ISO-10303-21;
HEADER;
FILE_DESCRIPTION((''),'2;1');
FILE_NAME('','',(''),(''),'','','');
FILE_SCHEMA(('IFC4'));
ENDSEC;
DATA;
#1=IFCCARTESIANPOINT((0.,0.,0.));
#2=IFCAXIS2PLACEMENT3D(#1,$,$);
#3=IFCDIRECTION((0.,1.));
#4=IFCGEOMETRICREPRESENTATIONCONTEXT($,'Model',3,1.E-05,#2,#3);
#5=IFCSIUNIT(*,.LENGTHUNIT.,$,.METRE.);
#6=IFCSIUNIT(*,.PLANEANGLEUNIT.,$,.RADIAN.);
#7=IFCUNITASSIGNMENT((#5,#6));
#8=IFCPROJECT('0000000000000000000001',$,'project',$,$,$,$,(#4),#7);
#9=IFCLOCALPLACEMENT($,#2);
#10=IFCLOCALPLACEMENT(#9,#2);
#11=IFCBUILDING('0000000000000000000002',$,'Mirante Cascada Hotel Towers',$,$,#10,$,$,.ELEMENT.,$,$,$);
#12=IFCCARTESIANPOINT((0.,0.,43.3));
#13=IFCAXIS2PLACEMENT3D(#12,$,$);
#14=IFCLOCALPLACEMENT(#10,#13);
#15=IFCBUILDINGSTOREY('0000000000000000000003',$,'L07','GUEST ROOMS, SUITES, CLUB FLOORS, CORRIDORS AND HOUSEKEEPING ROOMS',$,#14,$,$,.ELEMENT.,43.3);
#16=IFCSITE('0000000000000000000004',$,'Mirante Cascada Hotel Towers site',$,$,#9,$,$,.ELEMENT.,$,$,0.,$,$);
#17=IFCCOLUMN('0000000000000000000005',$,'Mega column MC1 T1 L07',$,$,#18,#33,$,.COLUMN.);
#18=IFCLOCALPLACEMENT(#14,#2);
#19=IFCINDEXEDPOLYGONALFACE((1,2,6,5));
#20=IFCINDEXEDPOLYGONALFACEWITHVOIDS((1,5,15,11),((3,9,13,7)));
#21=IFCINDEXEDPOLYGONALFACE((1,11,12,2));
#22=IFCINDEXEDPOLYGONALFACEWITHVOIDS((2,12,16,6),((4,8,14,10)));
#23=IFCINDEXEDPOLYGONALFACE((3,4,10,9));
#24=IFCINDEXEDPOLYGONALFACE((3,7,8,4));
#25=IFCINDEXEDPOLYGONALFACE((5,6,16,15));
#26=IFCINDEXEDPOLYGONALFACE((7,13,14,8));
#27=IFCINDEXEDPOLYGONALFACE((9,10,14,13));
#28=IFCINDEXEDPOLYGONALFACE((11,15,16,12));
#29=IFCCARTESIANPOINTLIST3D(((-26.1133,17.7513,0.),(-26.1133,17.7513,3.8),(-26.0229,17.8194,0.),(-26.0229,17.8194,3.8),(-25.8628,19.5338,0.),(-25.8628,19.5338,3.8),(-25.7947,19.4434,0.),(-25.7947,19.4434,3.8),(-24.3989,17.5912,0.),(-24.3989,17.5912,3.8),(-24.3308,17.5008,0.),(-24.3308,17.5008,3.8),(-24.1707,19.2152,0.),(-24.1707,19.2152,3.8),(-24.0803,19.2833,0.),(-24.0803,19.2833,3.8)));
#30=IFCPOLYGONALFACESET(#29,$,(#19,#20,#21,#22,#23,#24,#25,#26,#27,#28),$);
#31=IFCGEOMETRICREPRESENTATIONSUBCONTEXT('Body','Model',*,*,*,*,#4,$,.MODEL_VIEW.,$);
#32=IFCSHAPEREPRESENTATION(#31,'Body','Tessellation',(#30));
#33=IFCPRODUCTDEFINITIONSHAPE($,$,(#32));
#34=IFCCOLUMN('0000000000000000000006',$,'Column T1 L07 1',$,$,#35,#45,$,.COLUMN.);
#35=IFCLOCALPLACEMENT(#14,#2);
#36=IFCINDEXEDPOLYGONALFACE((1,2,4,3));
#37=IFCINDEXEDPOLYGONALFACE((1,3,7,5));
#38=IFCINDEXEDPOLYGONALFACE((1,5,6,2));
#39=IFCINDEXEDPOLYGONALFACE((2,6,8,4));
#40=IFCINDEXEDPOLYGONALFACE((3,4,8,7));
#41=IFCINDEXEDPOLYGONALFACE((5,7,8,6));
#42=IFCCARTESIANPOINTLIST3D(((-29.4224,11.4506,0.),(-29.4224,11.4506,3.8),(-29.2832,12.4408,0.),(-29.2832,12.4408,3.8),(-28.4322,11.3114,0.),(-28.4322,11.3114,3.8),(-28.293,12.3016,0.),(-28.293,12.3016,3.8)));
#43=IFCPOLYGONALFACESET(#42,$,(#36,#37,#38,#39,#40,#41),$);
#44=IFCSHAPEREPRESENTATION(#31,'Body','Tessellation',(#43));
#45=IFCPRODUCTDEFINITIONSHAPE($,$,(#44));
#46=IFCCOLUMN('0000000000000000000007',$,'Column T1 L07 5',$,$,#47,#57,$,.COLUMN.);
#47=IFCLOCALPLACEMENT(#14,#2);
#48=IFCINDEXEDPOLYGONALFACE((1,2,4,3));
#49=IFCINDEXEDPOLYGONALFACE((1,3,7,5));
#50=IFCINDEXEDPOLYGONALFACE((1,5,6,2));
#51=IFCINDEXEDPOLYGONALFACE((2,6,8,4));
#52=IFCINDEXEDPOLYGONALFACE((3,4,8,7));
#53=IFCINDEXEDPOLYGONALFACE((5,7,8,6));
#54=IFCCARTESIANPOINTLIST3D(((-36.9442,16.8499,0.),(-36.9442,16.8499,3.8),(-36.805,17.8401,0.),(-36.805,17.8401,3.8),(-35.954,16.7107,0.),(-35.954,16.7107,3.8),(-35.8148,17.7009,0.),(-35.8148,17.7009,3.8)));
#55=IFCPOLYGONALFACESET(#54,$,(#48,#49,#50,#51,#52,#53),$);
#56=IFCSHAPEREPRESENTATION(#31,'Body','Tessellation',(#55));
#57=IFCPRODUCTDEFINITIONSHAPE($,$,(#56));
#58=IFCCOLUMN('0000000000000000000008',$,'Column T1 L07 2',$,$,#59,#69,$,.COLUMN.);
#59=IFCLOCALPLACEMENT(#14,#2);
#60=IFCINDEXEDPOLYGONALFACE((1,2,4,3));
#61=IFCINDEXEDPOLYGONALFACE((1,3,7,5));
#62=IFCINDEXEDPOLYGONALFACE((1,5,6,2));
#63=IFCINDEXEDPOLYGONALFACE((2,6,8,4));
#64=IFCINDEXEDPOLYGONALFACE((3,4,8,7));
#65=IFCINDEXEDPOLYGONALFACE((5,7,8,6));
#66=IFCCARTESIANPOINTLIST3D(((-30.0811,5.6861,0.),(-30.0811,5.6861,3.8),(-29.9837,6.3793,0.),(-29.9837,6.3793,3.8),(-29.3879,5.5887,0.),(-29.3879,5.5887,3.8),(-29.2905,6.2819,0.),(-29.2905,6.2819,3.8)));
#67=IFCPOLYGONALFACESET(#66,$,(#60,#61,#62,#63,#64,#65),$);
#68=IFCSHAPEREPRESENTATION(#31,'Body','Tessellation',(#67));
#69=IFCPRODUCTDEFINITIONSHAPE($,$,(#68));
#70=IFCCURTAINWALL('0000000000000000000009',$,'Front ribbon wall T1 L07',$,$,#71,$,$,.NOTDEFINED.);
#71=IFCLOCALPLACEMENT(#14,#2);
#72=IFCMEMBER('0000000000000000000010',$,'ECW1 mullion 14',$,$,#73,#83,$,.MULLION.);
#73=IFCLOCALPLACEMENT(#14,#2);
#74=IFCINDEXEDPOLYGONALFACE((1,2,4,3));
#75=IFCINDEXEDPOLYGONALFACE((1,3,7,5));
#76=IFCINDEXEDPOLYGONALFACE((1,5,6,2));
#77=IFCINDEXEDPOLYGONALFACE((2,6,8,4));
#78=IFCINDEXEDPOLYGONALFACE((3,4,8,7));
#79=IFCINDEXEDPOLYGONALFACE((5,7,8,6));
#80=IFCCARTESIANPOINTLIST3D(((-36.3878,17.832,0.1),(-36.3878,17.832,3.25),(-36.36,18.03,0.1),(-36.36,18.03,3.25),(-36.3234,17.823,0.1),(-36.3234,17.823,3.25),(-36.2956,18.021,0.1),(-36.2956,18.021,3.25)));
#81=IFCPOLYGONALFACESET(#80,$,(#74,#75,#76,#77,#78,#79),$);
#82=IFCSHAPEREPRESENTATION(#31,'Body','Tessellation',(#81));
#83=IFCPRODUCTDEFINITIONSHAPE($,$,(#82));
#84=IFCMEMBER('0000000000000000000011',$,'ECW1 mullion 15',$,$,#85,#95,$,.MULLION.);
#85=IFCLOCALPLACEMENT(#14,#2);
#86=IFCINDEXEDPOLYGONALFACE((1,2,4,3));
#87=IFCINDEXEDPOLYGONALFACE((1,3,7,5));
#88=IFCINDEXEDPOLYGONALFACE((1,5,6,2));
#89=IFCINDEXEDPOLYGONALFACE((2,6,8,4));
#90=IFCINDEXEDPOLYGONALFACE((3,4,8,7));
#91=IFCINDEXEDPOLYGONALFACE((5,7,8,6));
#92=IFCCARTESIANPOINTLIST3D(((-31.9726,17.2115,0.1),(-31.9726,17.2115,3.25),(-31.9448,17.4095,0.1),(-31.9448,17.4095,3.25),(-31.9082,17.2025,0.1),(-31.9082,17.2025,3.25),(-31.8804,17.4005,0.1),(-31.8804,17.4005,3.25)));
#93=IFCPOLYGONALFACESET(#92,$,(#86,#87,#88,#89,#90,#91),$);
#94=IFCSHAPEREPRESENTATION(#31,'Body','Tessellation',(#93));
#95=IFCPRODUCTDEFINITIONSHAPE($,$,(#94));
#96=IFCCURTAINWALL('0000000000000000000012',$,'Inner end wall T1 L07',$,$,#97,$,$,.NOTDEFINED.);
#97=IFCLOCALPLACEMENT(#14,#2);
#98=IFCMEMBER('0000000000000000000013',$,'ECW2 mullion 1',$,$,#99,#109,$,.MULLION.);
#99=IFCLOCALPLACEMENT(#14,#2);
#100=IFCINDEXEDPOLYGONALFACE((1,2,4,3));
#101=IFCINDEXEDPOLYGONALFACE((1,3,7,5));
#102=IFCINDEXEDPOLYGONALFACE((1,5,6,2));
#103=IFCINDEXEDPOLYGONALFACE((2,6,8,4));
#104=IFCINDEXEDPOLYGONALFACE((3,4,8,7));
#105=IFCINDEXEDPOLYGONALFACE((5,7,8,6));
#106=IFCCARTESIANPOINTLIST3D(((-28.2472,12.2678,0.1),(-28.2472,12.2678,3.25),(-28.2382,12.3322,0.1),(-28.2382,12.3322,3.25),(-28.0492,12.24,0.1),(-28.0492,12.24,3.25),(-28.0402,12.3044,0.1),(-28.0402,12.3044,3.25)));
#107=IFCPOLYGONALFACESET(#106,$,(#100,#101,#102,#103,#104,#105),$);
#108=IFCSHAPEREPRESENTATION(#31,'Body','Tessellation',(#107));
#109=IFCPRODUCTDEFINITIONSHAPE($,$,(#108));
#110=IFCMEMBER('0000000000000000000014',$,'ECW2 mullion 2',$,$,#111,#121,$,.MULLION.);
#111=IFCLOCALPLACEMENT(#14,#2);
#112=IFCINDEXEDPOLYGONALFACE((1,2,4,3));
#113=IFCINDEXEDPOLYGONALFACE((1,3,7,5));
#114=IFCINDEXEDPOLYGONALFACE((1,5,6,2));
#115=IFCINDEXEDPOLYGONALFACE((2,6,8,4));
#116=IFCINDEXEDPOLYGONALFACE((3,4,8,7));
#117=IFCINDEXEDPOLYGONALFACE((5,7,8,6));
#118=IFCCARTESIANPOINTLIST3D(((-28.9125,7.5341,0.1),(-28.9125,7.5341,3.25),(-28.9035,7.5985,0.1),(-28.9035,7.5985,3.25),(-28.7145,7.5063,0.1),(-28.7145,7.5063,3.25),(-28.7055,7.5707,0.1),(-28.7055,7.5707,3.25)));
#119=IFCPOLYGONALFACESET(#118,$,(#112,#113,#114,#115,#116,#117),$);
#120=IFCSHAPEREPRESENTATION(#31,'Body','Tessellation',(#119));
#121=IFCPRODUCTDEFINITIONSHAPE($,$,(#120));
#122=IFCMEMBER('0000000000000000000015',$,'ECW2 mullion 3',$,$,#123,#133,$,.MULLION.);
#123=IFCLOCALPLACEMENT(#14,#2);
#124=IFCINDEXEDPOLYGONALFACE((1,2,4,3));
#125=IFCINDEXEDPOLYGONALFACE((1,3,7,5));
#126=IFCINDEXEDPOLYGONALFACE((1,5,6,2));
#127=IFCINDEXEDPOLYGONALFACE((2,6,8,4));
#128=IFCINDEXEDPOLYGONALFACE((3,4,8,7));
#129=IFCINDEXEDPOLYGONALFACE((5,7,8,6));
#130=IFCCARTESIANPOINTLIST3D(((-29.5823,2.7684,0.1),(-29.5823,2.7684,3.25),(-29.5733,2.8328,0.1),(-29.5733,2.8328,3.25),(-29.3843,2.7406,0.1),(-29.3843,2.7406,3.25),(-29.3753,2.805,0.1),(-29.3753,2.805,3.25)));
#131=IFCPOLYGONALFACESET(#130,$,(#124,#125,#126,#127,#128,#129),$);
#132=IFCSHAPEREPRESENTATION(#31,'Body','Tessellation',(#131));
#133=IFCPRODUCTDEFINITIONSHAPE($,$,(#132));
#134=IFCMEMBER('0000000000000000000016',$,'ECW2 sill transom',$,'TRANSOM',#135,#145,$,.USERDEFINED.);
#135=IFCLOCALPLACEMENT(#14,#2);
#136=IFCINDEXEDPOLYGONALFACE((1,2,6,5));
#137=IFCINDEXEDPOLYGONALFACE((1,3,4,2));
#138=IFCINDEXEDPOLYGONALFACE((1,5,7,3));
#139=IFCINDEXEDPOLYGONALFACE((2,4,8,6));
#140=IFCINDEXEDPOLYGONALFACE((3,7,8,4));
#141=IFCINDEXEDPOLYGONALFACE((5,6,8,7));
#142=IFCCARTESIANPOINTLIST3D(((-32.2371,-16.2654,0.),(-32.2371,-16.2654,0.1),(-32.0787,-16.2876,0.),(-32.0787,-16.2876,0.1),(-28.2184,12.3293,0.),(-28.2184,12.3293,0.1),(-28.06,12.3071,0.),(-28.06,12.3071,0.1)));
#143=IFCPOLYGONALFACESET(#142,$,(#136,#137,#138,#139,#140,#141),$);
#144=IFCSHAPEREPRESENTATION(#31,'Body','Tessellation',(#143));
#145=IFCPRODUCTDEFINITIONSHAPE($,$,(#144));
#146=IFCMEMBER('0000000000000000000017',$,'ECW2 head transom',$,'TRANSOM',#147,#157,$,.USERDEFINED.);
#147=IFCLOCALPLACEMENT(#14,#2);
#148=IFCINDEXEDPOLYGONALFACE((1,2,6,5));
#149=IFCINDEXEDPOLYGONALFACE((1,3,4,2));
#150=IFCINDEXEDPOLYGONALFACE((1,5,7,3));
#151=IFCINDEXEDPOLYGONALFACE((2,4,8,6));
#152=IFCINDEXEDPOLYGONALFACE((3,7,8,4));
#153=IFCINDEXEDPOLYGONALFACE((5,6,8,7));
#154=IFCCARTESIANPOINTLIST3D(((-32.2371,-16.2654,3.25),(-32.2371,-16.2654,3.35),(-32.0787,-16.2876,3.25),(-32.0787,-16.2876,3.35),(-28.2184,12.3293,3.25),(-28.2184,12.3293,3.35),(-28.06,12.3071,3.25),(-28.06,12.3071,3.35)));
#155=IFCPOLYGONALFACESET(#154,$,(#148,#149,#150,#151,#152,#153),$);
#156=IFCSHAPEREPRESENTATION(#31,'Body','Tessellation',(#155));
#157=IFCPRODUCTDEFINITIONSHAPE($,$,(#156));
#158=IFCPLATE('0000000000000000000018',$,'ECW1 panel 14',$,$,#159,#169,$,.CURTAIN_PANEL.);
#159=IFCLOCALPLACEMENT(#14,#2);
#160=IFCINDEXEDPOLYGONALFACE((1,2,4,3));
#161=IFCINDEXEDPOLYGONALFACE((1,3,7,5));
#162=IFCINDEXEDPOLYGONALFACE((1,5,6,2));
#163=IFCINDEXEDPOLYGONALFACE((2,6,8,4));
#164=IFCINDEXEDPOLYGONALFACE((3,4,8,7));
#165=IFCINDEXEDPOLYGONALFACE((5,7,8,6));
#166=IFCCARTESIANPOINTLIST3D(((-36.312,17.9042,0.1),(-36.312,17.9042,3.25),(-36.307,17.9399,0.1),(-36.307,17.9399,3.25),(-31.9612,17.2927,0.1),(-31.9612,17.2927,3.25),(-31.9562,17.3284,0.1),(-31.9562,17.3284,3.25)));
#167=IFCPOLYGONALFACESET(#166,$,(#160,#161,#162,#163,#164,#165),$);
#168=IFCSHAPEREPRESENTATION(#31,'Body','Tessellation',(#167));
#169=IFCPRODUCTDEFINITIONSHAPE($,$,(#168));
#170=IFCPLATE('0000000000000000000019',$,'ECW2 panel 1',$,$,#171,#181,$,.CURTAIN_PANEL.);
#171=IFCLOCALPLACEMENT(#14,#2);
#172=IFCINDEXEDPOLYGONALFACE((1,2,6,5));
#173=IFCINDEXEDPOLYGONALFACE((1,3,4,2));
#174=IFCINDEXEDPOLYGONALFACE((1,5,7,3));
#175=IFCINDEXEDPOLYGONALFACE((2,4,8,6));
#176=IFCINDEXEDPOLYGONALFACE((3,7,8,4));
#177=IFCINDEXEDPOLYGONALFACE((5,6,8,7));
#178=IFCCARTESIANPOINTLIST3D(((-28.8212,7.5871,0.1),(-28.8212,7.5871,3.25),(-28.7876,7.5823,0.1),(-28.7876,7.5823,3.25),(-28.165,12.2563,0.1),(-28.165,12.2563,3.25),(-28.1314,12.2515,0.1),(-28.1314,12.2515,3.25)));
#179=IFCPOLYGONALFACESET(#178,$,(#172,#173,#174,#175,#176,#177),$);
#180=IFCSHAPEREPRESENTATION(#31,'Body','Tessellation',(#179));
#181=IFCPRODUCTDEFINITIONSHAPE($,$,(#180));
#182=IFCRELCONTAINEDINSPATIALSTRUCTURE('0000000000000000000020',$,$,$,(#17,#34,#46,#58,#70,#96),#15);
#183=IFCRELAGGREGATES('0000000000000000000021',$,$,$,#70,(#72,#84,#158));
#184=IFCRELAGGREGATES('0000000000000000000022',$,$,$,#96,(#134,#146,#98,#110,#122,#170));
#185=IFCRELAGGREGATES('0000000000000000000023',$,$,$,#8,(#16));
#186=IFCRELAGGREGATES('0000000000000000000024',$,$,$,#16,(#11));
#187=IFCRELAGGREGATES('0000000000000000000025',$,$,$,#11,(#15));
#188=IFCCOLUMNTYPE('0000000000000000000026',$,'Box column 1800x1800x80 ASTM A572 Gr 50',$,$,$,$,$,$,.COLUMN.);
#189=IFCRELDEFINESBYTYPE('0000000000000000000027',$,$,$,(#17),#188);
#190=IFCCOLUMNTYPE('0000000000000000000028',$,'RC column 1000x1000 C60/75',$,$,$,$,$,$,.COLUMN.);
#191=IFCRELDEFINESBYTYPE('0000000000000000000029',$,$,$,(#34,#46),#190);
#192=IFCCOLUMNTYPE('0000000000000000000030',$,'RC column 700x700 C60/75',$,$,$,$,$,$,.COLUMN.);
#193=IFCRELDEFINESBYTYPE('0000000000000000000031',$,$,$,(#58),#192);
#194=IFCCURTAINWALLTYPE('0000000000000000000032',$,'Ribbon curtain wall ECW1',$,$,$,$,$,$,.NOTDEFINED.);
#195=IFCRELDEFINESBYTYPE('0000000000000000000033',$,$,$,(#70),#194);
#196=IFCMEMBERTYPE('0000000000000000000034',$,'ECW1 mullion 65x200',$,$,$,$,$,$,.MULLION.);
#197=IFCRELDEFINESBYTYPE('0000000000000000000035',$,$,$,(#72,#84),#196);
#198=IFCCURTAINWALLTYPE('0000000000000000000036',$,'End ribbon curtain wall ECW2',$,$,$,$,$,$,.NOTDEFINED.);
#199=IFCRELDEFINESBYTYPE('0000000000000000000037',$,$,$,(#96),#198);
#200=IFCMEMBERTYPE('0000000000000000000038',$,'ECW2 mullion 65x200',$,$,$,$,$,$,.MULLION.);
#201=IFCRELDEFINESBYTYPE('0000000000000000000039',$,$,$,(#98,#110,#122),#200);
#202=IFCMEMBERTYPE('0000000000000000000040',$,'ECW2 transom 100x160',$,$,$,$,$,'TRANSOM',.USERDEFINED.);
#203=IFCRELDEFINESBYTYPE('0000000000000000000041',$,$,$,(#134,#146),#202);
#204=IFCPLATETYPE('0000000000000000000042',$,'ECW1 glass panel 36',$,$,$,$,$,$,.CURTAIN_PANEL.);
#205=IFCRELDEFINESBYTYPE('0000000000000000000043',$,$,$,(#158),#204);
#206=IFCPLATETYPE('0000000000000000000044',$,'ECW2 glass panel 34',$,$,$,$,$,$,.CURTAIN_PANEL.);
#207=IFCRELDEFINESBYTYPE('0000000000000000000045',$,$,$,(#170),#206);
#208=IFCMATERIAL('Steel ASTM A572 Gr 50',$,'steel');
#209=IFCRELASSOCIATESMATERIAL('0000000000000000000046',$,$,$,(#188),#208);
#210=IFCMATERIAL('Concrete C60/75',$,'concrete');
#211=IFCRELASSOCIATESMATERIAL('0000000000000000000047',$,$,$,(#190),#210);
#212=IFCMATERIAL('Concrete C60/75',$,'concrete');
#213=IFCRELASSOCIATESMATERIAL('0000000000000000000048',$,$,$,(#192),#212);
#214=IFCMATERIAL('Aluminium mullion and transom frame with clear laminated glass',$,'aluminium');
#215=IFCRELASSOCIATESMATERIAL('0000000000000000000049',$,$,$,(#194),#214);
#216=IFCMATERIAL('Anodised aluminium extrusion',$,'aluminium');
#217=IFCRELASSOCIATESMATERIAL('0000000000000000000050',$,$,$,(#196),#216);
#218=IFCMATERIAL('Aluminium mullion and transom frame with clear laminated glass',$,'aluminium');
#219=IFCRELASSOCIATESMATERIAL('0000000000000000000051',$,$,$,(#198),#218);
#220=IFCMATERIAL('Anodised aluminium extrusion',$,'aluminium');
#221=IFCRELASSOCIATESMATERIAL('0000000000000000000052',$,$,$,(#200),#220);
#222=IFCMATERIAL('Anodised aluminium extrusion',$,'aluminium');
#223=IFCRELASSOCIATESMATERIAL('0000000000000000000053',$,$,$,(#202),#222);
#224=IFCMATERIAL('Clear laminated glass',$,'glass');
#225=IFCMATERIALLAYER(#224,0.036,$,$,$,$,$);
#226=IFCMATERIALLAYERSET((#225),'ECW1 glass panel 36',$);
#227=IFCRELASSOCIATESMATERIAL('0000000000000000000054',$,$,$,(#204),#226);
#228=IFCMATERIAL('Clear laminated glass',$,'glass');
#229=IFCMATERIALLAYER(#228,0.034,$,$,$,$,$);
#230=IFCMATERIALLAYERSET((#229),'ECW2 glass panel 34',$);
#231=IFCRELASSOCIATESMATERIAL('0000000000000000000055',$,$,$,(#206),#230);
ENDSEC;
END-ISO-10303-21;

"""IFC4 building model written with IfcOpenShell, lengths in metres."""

from ifc_helpers import new_model, si_unit, direction, frame, origin, origin_2d, place, context, subcontext, project, spatial, rectangle, hollow_rectangle, extrude, material, layer, layer_set, material_profile, profile_set, type_object, element, aggregate, save


model = new_model("IFC4")

# Units and contexts
model_context = context("Model", 3, precision=1e-05, world=origin(), true_north=direction((0.0, 1.0)))
body_context = subcontext(model_context, "Body", "Model", "MODEL_VIEW")
ifc_project = project(units=[si_unit("LENGTHUNIT", "METRE"), si_unit("PLANEANGLEUNIT", "RADIAN")], contexts=[model_context])

# Site, building, storey
site_placement = place(None, origin())
site = spatial("IfcSite", under=ifc_project, at=site_placement, Name="Mirante Cascada Hotel Towers site", CompositionType="ELEMENT", RefElevation=0.0)
building_placement = place(site_placement, origin())
building = spatial("IfcBuilding", under=site, at=building_placement, Name="Mirante Cascada Hotel Towers", CompositionType="ELEMENT")
storey_placement = place(building_placement, frame((0.0, 0.0, 43.3)))
storey = spatial("IfcBuildingStorey", under=building, at=storey_placement, Name="L07", Description="GUEST ROOMS, SUITES, CLUB FLOORS, CORRIDORS AND HOUSEKEEPING ROOMS", CompositionType="ELEMENT", Elevation=43.3)

# Columns
ifc_material_1 = material(Name="Steel ASTM A572 Gr 50", Category="steel")
ifc_material_profile_1 = material_profile(ifc_material_1, hollow_rectangle(XDim=1.8, YDim=1.8, WallThickness=0.08, at=origin_2d()), Name="Box column 1800x1800x80 ASTM A572 Gr 50")
ifc_profile_set_1 = profile_set([ifc_material_profile_1], Name="Steel ASTM A572 Gr 50")
column_type_1 = type_object("IfcColumnType", Name="Box column 1800x1800x80 ASTM A572 Gr 50", PredefinedType="COLUMN", material=ifc_profile_set_1)
column_1_placement = place(storey_placement, frame((-25.0968, 18.5173, 0.0), z_axis=(0.0, 0.0, 1.0), x_axis=(-0.990268, 0.139173, 0.0)))
element("IfcColumn", 1, at=column_1_placement, inside=storey, type_object=column_type_1, Name="Mega column MC1 T1 L07", PredefinedType="COLUMN", context=body_context, shape_type="SweptSolid", body=[
    extrude(hollow_rectangle(XDim=1.8, YDim=1.8, WallThickness=0.08, at=origin_2d()), origin(), (0.0, 0.0, 1.0), 3.8),
])
ifc_material_2 = material(Name="Concrete C60/75", Category="concrete")
ifc_material_profile_2 = material_profile(ifc_material_2, rectangle(XDim=1.0, YDim=1.0, at=origin_2d()), Name="RC column 1000x1000 C60/75")
ifc_profile_set_2 = profile_set([ifc_material_profile_2], Name="Concrete C60/75")
column_type_2 = type_object("IfcColumnType", Name="RC column 1000x1000 C60/75", PredefinedType="COLUMN", material=ifc_profile_set_2)
for number, where, z_axis, x_axis, name in (
    (2, (-28.8577, 11.8761, 0.0), (0.0, 0.0, 1.0), (-0.990268, 0.139173, 0.0), "Column T1 L07 1"),
    (3, (-36.3795, 17.2754, 0.0), (0.0, 0.0, 1.0), (-0.990268, 0.139173, 0.0), "Column T1 L07 5"),
):
    element("IfcColumn", number, at=place(storey_placement, frame(where, z_axis=z_axis, x_axis=x_axis)), inside=storey, type_object=column_type_2, Name=name, PredefinedType="COLUMN", context=body_context, shape_type="SweptSolid", body=[
        extrude(rectangle(XDim=1.0, YDim=1.0, at=origin_2d()), origin(), (0.0, 0.0, 1.0), 3.8),
    ])
ifc_material_3 = material(Name="Concrete C60/75", Category="concrete")
ifc_material_profile_3 = material_profile(ifc_material_3, rectangle(XDim=0.7, YDim=0.7, at=origin_2d()), Name="RC column 700x700 C60/75")
ifc_profile_set_3 = profile_set([ifc_material_profile_3], Name="Concrete C60/75")
column_type_3 = type_object("IfcColumnType", Name="RC column 700x700 C60/75", PredefinedType="COLUMN", material=ifc_profile_set_3)
column_2_placement = place(storey_placement, frame((-29.6858, 5.984, 0.0), z_axis=(0.0, 0.0, 1.0), x_axis=(-0.990268, 0.139173, 0.0)))
element("IfcColumn", 4, at=column_2_placement, inside=storey, type_object=column_type_3, Name="Column T1 L07 2", PredefinedType="COLUMN", context=body_context, shape_type="SweptSolid", body=[
    extrude(rectangle(XDim=0.7, YDim=0.7, at=origin_2d()), origin(), (0.0, 0.0, 1.0), 3.8),
])

# Curtain walls, members
ifc_material_4 = material(Name="Aluminium mullion and transom frame with clear laminated glass", Category="aluminium")
curtain_wall_type_1 = type_object("IfcCurtainWallType", Name="Ribbon curtain wall ECW1", PredefinedType="NOTDEFINED", material=ifc_material_4)
curtain_wall_1_placement = place(storey_placement, origin())
curtain_wall_1 = element("IfcCurtainWall", 5, at=curtain_wall_1_placement, inside=storey, type_object=curtain_wall_type_1, Name="Front ribbon wall T1 L07", PredefinedType="NOTDEFINED")
ifc_material_5 = material(Name="Anodised aluminium extrusion", Category="aluminium")
ifc_material_profile_4 = material_profile(ifc_material_5, rectangle(XDim=0.2, YDim=0.065, at=origin_2d()), Name="ECW1 MULLION 65x200")
ifc_profile_set_4 = profile_set([ifc_material_profile_4], Name="Anodised aluminium extrusion")
member_type_1 = type_object("IfcMemberType", Name="ECW1 mullion 65x200", PredefinedType="MULLION", material=ifc_profile_set_4)
member_1_placement = place(storey_placement, frame((-36.3417, 17.9265, 0.1), z_axis=(0.0, 0.0, 1.0), x_axis=(0.139173, 0.990268, 0.0)))
member_1 = element("IfcMember", 6, at=member_1_placement, type_object=member_type_1, Name="ECW1 mullion 14", PredefinedType="MULLION", context=body_context, shape_type="SweptSolid", body=[
    extrude(rectangle(XDim=0.2, YDim=0.065, at=origin_2d()), origin(), (0.0, 0.0, 1.0), 3.15),
])
member_2_placement = place(storey_placement, frame((-31.9265, 17.306, 0.1), z_axis=(0.0, 0.0, 1.0), x_axis=(0.139173, 0.990268, 0.0)))
member_2 = element("IfcMember", 7, at=member_2_placement, type_object=member_type_1, Name="ECW1 mullion 15", PredefinedType="MULLION", context=body_context, shape_type="SweptSolid", body=[
    extrude(rectangle(XDim=0.2, YDim=0.065, at=origin_2d()), origin(), (0.0, 0.0, 1.0), 3.15),
])
ifc_material_6 = material(Name="Aluminium mullion and transom frame with clear laminated glass", Category="aluminium")
curtain_wall_type_2 = type_object("IfcCurtainWallType", Name="End ribbon curtain wall ECW2", PredefinedType="NOTDEFINED", material=ifc_material_6)
curtain_wall_2_placement = place(storey_placement, origin())
curtain_wall_2 = element("IfcCurtainWall", 8, at=curtain_wall_2_placement, inside=storey, type_object=curtain_wall_type_2, Name="Inner end wall T1 L07", PredefinedType="NOTDEFINED")
ifc_material_7 = material(Name="Anodised aluminium extrusion", Category="aluminium")
ifc_material_profile_5 = material_profile(ifc_material_7, rectangle(XDim=0.2, YDim=0.065, at=origin_2d()), Name="ECW2 MULLION 65x200")
ifc_profile_set_5 = profile_set([ifc_material_profile_5], Name="Anodised aluminium extrusion")
member_type_2 = type_object("IfcMemberType", Name="ECW2 mullion 65x200", PredefinedType="MULLION", material=ifc_profile_set_5)
member_3_placement = place(storey_placement, frame((-28.1437, 12.2861, 0.1), z_axis=(0.0, 0.0, 1.0), x_axis=(0.990268, -0.139173, 0.0)))
member_3 = element("IfcMember", 9, at=member_3_placement, type_object=member_type_2, Name="ECW2 mullion 1", PredefinedType="MULLION", context=body_context, shape_type="SweptSolid", body=[
    extrude(rectangle(XDim=0.2, YDim=0.065, at=origin_2d()), origin(), (0.0, 0.0, 1.0), 3.15),
])
member_4_placement = place(storey_placement, frame((-28.809, 7.5524, 0.1), z_axis=(0.0, 0.0, 1.0), x_axis=(0.990268, -0.139173, 0.0)))
member_4 = element("IfcMember", 10, at=member_4_placement, type_object=member_type_2, Name="ECW2 mullion 2", PredefinedType="MULLION", context=body_context, shape_type="SweptSolid", body=[
    extrude(rectangle(XDim=0.2, YDim=0.065, at=origin_2d()), origin(), (0.0, 0.0, 1.0), 3.15),
])
member_5_placement = place(storey_placement, frame((-29.4788, 2.7867, 0.1), z_axis=(0.0, 0.0, 1.0), x_axis=(0.990268, -0.139173, 0.0)))
member_5 = element("IfcMember", 11, at=member_5_placement, type_object=member_type_2, Name="ECW2 mullion 3", PredefinedType="MULLION", context=body_context, shape_type="SweptSolid", body=[
    extrude(rectangle(XDim=0.2, YDim=0.065, at=origin_2d()), origin(), (0.0, 0.0, 1.0), 3.15),
])
ifc_material_8 = material(Name="Anodised aluminium extrusion", Category="aluminium")
ifc_material_profile_6 = material_profile(ifc_material_8, rectangle(XDim=0.16, YDim=0.1, at=origin_2d()), Name="ECW2 TRANSOM 100x160")
ifc_profile_set_6 = profile_set([ifc_material_profile_6], Name="Anodised aluminium extrusion")
member_type_3 = type_object("IfcMemberType", Name="ECW2 transom 100x160", ElementType="TRANSOM", PredefinedType="USERDEFINED", material=ifc_profile_set_6)
member_6_placement = place(storey_placement, frame((-28.1392, 12.3182, 0.05), z_axis=(-0.139172, -0.990268, 0.0), x_axis=(0.990268, -0.139172, 0.0)))
member_6 = element("IfcMember", 12, at=member_6_placement, type_object=member_type_3, Name="ECW2 sill transom", ObjectType="TRANSOM", PredefinedType="USERDEFINED", context=body_context, shape_type="SweptSolid", body=[
    extrude(rectangle(XDim=0.16, YDim=0.1, at=origin_2d()), origin(), (0.0, 0.0, 1.0), 28.8757),
])
member_7_placement = place(storey_placement, frame((-28.1392, 12.3182, 3.3), z_axis=(-0.139172, -0.990268, 0.0), x_axis=(0.990268, -0.139172, 0.0)))
member_7 = element("IfcMember", 13, at=member_7_placement, type_object=member_type_3, Name="ECW2 head transom", ObjectType="TRANSOM", PredefinedType="USERDEFINED", context=body_context, shape_type="SweptSolid", body=[
    extrude(rectangle(XDim=0.16, YDim=0.1, at=origin_2d()), origin(), (0.0, 0.0, 1.0), 28.8757),
])

# Plates
ifc_material_9 = material(Name="Clear laminated glass", Category="glass")
ifc_layer_1 = layer(ifc_material_9, 0.036)
ifc_layer_set_1 = layer_set([ifc_layer_1], Name="ECW1 glass panel 36")
plate_type_1 = type_object("IfcPlateType", Name="ECW1 glass panel 36", PredefinedType="CURTAIN_PANEL", material=ifc_layer_set_1)
plate_1_placement = place(storey_placement, frame((-34.1341, 17.6163, 0.1), z_axis=(0.0, 0.0, 1.0), x_axis=(0.990268, -0.139173, 0.0)))
plate_1 = element("IfcPlate", 14, at=plate_1_placement, type_object=plate_type_1, Name="ECW1 panel 14", PredefinedType="CURTAIN_PANEL", context=body_context, shape_type="SweptSolid", body=[
    extrude(rectangle(XDim=4.3936, YDim=0.036, at=origin_2d()), origin(), (0.0, 0.0, 1.0), 3.15),
])
aggregate(curtain_wall_1, [member_1, member_2, plate_1])
ifc_material_10 = material(Name="Clear laminated glass", Category="glass")
ifc_layer_2 = layer(ifc_material_10, 0.034)
ifc_layer_set_2 = layer_set([ifc_layer_2], Name="ECW2 glass panel 34")
plate_type_2 = type_object("IfcPlateType", Name="ECW2 glass panel 34", PredefinedType="CURTAIN_PANEL", material=ifc_layer_set_2)
plate_2_placement = place(storey_placement, frame((-28.4763, 9.9193, 0.1), z_axis=(0.0, 0.0, 1.0), x_axis=(-0.139173, -0.990268, 0.0)))
plate_2 = element("IfcPlate", 15, at=plate_2_placement, type_object=plate_type_2, Name="ECW2 panel 1", PredefinedType="CURTAIN_PANEL", context=body_context, shape_type="SweptSolid", body=[
    extrude(rectangle(XDim=4.7151, YDim=0.034, at=origin_2d()), origin(), (0.0, 0.0, 1.0), 3.15),
])
aggregate(curtain_wall_2, [member_6, member_7, member_3, member_4, member_5, plate_2])

save(model, "model.ifc")
